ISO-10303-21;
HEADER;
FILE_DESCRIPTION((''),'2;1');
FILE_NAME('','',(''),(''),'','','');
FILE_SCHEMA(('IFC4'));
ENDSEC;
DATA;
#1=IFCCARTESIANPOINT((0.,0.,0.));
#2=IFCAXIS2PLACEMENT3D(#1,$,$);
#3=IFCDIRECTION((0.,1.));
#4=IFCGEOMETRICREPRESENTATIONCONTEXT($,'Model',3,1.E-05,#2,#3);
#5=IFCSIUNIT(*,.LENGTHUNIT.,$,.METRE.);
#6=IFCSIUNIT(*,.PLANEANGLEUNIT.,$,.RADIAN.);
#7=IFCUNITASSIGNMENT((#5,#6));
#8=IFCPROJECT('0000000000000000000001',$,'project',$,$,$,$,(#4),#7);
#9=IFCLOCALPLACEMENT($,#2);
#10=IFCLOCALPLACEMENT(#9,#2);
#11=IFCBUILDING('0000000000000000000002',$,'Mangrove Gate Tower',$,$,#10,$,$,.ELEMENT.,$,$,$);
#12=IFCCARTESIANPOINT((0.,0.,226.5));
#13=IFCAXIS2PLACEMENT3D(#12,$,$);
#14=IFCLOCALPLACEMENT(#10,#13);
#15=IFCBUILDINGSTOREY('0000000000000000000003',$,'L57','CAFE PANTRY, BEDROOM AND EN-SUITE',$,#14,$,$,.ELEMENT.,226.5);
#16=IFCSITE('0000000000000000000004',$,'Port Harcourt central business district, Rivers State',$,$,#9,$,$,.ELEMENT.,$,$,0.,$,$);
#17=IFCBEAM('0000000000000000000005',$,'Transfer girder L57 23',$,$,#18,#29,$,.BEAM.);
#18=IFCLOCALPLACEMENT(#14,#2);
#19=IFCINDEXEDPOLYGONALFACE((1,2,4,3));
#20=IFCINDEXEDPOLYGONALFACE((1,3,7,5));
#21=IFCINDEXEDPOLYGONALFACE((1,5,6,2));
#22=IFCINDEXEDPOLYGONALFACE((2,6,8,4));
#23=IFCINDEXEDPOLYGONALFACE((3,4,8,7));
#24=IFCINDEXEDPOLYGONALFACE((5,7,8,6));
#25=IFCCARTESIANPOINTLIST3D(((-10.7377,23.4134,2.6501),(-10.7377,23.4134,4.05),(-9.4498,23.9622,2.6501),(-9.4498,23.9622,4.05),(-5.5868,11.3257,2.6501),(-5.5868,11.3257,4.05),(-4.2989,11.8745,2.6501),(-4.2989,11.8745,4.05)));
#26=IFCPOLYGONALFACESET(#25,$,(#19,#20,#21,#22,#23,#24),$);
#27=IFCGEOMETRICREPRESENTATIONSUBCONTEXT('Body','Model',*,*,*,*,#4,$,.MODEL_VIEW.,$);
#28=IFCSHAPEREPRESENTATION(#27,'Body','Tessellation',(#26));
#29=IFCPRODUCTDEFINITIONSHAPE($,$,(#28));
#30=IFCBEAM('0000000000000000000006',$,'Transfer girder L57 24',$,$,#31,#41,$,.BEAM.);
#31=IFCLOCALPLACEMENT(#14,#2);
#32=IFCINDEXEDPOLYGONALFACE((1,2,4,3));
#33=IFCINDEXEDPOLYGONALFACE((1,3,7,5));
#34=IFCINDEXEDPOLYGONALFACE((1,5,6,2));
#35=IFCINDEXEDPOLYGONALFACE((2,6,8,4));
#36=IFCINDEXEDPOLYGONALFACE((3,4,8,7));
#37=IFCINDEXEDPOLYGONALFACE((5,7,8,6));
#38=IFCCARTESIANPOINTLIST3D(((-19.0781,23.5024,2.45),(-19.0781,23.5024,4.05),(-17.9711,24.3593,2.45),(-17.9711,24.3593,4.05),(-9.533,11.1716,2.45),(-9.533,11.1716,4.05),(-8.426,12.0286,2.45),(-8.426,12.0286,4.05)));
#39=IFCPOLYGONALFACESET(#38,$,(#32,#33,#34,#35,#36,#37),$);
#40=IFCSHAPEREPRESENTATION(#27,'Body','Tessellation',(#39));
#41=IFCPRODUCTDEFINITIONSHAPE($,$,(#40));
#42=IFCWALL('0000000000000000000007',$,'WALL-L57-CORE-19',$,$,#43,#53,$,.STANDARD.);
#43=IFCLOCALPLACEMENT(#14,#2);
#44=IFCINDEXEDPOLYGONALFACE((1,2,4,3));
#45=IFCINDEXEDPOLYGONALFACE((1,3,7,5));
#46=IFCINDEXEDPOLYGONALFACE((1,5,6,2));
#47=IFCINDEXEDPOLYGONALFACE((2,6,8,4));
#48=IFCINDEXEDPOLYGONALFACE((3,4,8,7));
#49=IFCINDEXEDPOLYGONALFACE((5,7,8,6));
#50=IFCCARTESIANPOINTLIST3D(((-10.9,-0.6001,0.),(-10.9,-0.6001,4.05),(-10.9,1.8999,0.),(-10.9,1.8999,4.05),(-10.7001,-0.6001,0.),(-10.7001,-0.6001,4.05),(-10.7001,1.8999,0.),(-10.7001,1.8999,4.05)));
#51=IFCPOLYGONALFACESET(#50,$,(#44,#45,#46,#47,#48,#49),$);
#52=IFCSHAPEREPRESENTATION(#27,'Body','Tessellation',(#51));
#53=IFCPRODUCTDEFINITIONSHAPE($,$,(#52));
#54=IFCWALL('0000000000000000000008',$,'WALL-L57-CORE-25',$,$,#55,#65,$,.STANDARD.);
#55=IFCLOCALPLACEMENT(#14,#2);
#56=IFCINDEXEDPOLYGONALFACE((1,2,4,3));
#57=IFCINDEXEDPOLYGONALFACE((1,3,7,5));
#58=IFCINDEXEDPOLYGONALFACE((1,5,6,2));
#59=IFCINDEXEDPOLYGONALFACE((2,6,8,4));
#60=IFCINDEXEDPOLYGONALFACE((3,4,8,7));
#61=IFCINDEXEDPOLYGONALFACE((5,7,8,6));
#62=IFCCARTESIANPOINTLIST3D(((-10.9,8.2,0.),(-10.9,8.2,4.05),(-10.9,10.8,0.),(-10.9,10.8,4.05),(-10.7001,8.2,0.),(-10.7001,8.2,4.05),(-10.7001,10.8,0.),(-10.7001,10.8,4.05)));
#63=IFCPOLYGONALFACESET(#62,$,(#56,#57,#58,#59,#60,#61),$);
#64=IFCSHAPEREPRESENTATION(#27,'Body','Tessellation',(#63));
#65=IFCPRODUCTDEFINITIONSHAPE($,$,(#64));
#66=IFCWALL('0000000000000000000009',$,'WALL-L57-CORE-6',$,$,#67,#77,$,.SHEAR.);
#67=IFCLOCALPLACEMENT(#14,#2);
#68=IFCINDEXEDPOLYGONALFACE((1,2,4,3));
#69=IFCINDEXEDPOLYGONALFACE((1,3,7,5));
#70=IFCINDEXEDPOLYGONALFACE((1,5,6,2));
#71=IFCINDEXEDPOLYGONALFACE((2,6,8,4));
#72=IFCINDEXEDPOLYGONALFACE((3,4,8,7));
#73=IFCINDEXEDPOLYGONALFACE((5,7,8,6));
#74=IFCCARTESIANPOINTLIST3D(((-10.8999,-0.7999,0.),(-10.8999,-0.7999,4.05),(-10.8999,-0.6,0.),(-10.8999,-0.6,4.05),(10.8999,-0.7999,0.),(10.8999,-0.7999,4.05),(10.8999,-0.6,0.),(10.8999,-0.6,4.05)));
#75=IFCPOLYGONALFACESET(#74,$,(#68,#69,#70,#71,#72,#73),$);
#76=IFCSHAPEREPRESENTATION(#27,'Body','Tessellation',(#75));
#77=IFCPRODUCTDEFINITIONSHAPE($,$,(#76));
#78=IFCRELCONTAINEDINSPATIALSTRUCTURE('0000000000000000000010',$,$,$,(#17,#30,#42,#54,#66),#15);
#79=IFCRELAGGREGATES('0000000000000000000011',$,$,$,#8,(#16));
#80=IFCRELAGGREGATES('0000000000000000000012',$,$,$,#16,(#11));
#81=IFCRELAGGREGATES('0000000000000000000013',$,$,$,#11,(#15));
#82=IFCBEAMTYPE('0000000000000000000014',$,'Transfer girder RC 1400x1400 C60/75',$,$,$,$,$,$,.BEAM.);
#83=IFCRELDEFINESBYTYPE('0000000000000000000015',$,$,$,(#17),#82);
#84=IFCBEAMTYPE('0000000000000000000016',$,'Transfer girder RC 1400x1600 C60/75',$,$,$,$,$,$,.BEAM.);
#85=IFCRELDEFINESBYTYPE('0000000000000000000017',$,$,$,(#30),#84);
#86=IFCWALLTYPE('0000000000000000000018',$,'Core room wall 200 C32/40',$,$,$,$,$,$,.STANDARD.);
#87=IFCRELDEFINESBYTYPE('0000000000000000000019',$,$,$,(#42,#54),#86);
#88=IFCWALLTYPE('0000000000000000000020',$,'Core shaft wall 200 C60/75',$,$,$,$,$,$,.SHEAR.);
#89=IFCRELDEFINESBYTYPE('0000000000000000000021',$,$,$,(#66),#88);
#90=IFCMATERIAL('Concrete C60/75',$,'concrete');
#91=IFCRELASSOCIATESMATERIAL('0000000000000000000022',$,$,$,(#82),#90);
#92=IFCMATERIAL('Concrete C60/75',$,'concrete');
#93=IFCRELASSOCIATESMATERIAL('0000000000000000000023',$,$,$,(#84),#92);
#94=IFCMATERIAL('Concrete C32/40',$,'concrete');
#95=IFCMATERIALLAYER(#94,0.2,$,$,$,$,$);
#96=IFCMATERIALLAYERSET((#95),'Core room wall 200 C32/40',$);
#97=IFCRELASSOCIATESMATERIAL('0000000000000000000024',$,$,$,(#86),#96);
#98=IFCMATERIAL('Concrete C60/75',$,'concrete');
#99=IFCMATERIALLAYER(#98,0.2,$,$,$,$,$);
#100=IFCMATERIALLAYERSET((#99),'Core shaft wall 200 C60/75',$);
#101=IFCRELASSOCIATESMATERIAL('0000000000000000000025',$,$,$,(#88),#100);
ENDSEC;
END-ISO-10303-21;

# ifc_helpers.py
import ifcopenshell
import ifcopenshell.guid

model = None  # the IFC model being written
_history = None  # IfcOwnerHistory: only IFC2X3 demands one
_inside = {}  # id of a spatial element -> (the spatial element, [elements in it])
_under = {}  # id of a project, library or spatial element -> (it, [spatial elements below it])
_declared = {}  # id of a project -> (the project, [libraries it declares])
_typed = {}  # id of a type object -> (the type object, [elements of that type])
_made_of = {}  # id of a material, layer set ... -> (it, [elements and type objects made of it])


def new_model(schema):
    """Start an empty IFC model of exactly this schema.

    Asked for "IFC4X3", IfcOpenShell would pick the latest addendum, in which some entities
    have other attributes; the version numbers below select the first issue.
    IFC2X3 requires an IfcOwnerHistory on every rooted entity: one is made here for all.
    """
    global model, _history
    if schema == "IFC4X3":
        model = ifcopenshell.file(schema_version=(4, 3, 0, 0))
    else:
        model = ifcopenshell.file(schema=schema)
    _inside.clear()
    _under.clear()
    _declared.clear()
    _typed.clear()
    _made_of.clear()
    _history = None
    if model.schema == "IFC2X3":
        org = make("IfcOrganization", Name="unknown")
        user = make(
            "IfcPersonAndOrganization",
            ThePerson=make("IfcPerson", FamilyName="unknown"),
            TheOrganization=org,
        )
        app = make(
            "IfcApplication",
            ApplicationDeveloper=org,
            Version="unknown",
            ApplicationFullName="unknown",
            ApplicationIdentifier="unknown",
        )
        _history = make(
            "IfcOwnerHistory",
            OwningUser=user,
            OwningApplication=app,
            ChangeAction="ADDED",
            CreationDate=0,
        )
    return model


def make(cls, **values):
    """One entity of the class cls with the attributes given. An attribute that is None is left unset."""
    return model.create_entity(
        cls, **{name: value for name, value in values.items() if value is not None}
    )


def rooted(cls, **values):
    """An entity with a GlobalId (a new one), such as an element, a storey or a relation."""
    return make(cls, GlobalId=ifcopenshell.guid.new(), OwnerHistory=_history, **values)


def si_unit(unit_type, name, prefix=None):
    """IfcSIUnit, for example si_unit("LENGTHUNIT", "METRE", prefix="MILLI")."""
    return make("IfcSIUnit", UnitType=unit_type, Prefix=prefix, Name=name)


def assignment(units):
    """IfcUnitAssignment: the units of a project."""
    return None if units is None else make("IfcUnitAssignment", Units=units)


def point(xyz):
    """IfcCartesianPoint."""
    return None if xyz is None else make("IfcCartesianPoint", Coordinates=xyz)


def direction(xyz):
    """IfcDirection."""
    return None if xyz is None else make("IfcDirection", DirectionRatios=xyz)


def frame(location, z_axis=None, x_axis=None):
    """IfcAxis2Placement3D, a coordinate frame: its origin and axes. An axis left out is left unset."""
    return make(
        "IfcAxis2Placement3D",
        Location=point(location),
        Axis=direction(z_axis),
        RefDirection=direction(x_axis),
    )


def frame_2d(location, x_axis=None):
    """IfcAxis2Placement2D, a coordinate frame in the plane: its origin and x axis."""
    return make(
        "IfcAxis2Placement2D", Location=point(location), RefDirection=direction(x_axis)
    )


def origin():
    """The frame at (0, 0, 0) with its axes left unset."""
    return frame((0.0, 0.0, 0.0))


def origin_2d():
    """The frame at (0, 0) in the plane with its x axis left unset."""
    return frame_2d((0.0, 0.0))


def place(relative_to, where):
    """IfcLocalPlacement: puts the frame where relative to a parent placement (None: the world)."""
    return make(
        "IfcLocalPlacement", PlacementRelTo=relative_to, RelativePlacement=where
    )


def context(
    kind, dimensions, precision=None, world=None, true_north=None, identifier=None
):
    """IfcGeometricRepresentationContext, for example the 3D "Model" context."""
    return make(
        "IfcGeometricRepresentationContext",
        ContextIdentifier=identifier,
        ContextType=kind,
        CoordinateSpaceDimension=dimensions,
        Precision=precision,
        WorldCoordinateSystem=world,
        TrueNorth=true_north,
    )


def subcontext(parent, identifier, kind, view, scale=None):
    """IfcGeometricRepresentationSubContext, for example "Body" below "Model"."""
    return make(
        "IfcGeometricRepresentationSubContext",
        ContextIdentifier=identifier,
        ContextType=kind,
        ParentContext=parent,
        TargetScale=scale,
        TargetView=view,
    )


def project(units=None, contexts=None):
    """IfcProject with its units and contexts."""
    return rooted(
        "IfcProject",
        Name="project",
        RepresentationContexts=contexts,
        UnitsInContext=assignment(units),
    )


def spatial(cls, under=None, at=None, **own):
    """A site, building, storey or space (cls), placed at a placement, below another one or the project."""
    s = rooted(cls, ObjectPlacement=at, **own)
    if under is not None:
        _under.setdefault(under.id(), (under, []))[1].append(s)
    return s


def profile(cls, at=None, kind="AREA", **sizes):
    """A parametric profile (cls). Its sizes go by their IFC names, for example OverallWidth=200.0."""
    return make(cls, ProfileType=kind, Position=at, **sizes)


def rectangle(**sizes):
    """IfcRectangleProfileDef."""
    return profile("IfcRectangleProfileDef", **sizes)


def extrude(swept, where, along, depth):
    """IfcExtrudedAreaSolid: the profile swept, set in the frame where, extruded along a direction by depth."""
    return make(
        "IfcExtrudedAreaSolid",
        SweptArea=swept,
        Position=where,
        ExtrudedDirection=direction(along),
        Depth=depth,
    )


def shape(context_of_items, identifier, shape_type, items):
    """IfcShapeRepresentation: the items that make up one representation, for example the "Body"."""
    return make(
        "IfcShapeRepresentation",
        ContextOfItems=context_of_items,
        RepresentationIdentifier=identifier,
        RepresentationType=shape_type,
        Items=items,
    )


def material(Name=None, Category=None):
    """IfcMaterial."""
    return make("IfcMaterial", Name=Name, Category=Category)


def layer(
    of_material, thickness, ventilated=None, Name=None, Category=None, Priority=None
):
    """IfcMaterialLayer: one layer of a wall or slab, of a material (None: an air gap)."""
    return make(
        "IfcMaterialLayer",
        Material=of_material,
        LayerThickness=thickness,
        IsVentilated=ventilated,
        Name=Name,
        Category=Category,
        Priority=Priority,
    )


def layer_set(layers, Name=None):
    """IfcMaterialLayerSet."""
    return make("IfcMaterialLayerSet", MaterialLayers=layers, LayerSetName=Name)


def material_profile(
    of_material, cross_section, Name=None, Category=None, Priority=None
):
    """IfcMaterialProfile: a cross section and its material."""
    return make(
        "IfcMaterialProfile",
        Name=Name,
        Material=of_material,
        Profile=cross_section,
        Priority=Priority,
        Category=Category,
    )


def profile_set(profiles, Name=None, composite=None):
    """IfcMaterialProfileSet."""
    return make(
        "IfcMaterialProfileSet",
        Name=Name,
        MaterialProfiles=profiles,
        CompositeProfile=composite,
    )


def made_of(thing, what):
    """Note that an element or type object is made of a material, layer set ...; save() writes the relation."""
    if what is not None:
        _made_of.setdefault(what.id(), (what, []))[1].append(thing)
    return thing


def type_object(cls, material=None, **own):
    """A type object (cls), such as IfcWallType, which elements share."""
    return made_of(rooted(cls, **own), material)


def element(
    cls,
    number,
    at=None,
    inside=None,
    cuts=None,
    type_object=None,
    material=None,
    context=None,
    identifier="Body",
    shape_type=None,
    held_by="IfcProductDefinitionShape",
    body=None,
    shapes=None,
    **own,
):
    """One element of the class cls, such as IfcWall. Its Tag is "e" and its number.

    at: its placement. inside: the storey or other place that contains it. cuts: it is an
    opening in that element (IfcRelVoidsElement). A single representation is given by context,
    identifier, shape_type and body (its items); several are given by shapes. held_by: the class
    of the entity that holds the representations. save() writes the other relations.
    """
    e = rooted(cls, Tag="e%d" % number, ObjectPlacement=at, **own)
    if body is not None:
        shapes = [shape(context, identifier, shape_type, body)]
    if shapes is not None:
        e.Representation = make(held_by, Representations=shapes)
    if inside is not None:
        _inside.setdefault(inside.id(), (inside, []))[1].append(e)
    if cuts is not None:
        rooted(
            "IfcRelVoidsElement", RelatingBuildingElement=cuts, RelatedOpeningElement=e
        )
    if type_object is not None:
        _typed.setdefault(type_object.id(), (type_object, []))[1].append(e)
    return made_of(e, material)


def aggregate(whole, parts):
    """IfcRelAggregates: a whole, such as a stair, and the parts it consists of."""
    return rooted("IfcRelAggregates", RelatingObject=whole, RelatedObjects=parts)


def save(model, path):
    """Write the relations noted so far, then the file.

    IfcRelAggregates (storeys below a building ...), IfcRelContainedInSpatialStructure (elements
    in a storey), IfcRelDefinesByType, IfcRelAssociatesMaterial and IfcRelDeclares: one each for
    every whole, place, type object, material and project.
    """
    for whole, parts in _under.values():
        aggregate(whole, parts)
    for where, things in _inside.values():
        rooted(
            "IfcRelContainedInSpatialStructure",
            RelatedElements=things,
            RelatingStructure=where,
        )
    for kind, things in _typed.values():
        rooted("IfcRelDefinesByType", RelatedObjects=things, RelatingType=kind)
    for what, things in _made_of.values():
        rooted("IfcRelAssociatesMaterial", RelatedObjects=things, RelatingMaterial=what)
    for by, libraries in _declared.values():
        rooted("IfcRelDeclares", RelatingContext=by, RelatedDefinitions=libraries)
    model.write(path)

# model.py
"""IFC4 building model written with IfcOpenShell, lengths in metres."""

from ifc_helpers import new_model, si_unit, direction, frame, frame_2d, origin, origin_2d, place, context, subcontext, project, spatial, rectangle, extrude, material, layer, layer_set, material_profile, profile_set, type_object, element, save


model = new_model("IFC4")

# Units and contexts
model_context = context("Model", 3, precision=1e-05, world=origin(), true_north=direction((0.0, 1.0)))
body_context = subcontext(model_context, "Body", "Model", "MODEL_VIEW")
ifc_project = project(units=[si_unit("LENGTHUNIT", "METRE"), si_unit("PLANEANGLEUNIT", "RADIAN")], contexts=[model_context])

# Site, building, storey
site_placement = place(None, origin())
site = spatial("IfcSite", under=ifc_project, at=site_placement, Name="Port Harcourt central business district, Rivers State", CompositionType="ELEMENT", RefElevation=0.0)
building_placement = place(site_placement, origin())
building = spatial("IfcBuilding", under=site, at=building_placement, Name="Mangrove Gate Tower", CompositionType="ELEMENT")
storey_placement = place(building_placement, frame((0.0, 0.0, 226.5)))
storey = spatial("IfcBuildingStorey", under=building, at=storey_placement, Name="L57", Description="CAFE PANTRY, BEDROOM AND EN-SUITE", CompositionType="ELEMENT", Elevation=226.5)

# Beams
ifc_material_1 = material(Name="Concrete C60/75", Category="concrete")
ifc_material_profile_1 = material_profile(ifc_material_1, rectangle(XDim=1.3999, YDim=1.3999, at=origin_2d()))
ifc_profile_set_1 = profile_set([ifc_material_profile_1], Name="Concrete C60/75")
beam_type_1 = type_object("IfcBeamType", Name="Transfer girder RC 1400x1400 C60/75", PredefinedType="BEAM", material=ifc_profile_set_1)
beam_1_placement = place(storey_placement, frame((-4.9429, 11.6001, 3.3501), z_axis=(-0.392019, 0.919957, 0.0), x_axis=(-0.919957, -0.392019, 0.0)))
element("IfcBeam", 1, at=beam_1_placement, inside=storey, type_object=beam_type_1, Name="Transfer girder L57 23", PredefinedType="BEAM", context=body_context, shape_type="SweptSolid", body=[
    extrude(rectangle(XDim=1.3999, YDim=1.3999, at=origin_2d()), origin(), (0.0, 0.0, 1.0), 13.1394),
])
ifc_material_2 = material(Name="Concrete C60/75", Category="concrete")
ifc_material_profile_2 = material_profile(ifc_material_2, rectangle(XDim=1.3999, YDim=1.6001, at=origin_2d()))
ifc_profile_set_2 = profile_set([ifc_material_profile_2], Name="Concrete C60/75")
beam_type_2 = type_object("IfcBeamType", Name="Transfer girder RC 1400x1600 C60/75", PredefinedType="BEAM", material=ifc_profile_set_2)
beam_2_placement = place(storey_placement, frame((-8.9795, 11.6001, 3.25), z_axis=(-0.612122, 0.790763, 0.0), x_axis=(-0.790763, -0.612122, 0.0)))
element("IfcBeam", 2, at=beam_2_placement, inside=storey, type_object=beam_type_2, Name="Transfer girder L57 24", PredefinedType="BEAM", context=body_context, shape_type="SweptSolid", body=[
    extrude(rectangle(XDim=1.3999, YDim=1.6001, at=origin_2d()), origin(), (0.0, 0.0, 1.0), 15.5935),
])

# Walls
ifc_material_3 = material(Name="Concrete C32/40", Category="concrete")
ifc_layer_1 = layer(ifc_material_3, 0.2)
ifc_layer_set_1 = layer_set([ifc_layer_1], Name="Core room wall 200 C32/40")
wall_type_1 = type_object("IfcWallType", Name="Core room wall 200 C32/40", PredefinedType="STANDARD", material=ifc_layer_set_1)
wall_1_placement = place(storey_placement, frame((-10.8, -0.6001, 0.0), z_axis=(0.0, 0.0, 1.0), x_axis=(0.0, 1.0, 0.0)))
element("IfcWall", 3, at=wall_1_placement, inside=storey, type_object=wall_type_1, Name="WALL-L57-CORE-19", PredefinedType="STANDARD", context=body_context, shape_type="SweptSolid", body=[
    extrude(rectangle(XDim=2.5, YDim=0.2, at=frame_2d((1.25, 0.0))), origin(), (0.0, 0.0, 1.0), 4.05),
])
wall_2_placement = place(storey_placement, frame((-10.8, 8.2, 0.0), z_axis=(0.0, 0.0, 1.0), x_axis=(0.0, 1.0, 0.0)))
element("IfcWall", 4, at=wall_2_placement, inside=storey, type_object=wall_type_1, Name="WALL-L57-CORE-25", PredefinedType="STANDARD", context=body_context, shape_type="SweptSolid", body=[
    extrude(rectangle(XDim=2.6001, YDim=0.2, at=frame_2d((1.3, 0.0))), origin(), (0.0, 0.0, 1.0), 4.05),
])
ifc_material_4 = material(Name="Concrete C60/75", Category="concrete")
ifc_layer_2 = layer(ifc_material_4, 0.2)
ifc_layer_set_2 = layer_set([ifc_layer_2], Name="Core shaft wall 200 C60/75")
wall_type_2 = type_object("IfcWallType", Name="Core shaft wall 200 C60/75", PredefinedType="SHEAR", material=ifc_layer_set_2)
wall_3_placement = place(storey_placement, frame((-10.8999, -0.7, 0.0), z_axis=(0.0, 0.0, 1.0), x_axis=(1.0, 0.0, 0.0)))
element("IfcWall", 5, at=wall_3_placement, inside=storey, type_object=wall_type_2, Name="WALL-L57-CORE-6", PredefinedType="SHEAR", context=body_context, shape_type="SweptSolid", body=[
    extrude(rectangle(XDim=21.7998, YDim=0.2, at=frame_2d((10.8999, 0.0))), origin(), (0.0, 0.0, 1.0), 4.05),
])

save(model, "model.ifc")
